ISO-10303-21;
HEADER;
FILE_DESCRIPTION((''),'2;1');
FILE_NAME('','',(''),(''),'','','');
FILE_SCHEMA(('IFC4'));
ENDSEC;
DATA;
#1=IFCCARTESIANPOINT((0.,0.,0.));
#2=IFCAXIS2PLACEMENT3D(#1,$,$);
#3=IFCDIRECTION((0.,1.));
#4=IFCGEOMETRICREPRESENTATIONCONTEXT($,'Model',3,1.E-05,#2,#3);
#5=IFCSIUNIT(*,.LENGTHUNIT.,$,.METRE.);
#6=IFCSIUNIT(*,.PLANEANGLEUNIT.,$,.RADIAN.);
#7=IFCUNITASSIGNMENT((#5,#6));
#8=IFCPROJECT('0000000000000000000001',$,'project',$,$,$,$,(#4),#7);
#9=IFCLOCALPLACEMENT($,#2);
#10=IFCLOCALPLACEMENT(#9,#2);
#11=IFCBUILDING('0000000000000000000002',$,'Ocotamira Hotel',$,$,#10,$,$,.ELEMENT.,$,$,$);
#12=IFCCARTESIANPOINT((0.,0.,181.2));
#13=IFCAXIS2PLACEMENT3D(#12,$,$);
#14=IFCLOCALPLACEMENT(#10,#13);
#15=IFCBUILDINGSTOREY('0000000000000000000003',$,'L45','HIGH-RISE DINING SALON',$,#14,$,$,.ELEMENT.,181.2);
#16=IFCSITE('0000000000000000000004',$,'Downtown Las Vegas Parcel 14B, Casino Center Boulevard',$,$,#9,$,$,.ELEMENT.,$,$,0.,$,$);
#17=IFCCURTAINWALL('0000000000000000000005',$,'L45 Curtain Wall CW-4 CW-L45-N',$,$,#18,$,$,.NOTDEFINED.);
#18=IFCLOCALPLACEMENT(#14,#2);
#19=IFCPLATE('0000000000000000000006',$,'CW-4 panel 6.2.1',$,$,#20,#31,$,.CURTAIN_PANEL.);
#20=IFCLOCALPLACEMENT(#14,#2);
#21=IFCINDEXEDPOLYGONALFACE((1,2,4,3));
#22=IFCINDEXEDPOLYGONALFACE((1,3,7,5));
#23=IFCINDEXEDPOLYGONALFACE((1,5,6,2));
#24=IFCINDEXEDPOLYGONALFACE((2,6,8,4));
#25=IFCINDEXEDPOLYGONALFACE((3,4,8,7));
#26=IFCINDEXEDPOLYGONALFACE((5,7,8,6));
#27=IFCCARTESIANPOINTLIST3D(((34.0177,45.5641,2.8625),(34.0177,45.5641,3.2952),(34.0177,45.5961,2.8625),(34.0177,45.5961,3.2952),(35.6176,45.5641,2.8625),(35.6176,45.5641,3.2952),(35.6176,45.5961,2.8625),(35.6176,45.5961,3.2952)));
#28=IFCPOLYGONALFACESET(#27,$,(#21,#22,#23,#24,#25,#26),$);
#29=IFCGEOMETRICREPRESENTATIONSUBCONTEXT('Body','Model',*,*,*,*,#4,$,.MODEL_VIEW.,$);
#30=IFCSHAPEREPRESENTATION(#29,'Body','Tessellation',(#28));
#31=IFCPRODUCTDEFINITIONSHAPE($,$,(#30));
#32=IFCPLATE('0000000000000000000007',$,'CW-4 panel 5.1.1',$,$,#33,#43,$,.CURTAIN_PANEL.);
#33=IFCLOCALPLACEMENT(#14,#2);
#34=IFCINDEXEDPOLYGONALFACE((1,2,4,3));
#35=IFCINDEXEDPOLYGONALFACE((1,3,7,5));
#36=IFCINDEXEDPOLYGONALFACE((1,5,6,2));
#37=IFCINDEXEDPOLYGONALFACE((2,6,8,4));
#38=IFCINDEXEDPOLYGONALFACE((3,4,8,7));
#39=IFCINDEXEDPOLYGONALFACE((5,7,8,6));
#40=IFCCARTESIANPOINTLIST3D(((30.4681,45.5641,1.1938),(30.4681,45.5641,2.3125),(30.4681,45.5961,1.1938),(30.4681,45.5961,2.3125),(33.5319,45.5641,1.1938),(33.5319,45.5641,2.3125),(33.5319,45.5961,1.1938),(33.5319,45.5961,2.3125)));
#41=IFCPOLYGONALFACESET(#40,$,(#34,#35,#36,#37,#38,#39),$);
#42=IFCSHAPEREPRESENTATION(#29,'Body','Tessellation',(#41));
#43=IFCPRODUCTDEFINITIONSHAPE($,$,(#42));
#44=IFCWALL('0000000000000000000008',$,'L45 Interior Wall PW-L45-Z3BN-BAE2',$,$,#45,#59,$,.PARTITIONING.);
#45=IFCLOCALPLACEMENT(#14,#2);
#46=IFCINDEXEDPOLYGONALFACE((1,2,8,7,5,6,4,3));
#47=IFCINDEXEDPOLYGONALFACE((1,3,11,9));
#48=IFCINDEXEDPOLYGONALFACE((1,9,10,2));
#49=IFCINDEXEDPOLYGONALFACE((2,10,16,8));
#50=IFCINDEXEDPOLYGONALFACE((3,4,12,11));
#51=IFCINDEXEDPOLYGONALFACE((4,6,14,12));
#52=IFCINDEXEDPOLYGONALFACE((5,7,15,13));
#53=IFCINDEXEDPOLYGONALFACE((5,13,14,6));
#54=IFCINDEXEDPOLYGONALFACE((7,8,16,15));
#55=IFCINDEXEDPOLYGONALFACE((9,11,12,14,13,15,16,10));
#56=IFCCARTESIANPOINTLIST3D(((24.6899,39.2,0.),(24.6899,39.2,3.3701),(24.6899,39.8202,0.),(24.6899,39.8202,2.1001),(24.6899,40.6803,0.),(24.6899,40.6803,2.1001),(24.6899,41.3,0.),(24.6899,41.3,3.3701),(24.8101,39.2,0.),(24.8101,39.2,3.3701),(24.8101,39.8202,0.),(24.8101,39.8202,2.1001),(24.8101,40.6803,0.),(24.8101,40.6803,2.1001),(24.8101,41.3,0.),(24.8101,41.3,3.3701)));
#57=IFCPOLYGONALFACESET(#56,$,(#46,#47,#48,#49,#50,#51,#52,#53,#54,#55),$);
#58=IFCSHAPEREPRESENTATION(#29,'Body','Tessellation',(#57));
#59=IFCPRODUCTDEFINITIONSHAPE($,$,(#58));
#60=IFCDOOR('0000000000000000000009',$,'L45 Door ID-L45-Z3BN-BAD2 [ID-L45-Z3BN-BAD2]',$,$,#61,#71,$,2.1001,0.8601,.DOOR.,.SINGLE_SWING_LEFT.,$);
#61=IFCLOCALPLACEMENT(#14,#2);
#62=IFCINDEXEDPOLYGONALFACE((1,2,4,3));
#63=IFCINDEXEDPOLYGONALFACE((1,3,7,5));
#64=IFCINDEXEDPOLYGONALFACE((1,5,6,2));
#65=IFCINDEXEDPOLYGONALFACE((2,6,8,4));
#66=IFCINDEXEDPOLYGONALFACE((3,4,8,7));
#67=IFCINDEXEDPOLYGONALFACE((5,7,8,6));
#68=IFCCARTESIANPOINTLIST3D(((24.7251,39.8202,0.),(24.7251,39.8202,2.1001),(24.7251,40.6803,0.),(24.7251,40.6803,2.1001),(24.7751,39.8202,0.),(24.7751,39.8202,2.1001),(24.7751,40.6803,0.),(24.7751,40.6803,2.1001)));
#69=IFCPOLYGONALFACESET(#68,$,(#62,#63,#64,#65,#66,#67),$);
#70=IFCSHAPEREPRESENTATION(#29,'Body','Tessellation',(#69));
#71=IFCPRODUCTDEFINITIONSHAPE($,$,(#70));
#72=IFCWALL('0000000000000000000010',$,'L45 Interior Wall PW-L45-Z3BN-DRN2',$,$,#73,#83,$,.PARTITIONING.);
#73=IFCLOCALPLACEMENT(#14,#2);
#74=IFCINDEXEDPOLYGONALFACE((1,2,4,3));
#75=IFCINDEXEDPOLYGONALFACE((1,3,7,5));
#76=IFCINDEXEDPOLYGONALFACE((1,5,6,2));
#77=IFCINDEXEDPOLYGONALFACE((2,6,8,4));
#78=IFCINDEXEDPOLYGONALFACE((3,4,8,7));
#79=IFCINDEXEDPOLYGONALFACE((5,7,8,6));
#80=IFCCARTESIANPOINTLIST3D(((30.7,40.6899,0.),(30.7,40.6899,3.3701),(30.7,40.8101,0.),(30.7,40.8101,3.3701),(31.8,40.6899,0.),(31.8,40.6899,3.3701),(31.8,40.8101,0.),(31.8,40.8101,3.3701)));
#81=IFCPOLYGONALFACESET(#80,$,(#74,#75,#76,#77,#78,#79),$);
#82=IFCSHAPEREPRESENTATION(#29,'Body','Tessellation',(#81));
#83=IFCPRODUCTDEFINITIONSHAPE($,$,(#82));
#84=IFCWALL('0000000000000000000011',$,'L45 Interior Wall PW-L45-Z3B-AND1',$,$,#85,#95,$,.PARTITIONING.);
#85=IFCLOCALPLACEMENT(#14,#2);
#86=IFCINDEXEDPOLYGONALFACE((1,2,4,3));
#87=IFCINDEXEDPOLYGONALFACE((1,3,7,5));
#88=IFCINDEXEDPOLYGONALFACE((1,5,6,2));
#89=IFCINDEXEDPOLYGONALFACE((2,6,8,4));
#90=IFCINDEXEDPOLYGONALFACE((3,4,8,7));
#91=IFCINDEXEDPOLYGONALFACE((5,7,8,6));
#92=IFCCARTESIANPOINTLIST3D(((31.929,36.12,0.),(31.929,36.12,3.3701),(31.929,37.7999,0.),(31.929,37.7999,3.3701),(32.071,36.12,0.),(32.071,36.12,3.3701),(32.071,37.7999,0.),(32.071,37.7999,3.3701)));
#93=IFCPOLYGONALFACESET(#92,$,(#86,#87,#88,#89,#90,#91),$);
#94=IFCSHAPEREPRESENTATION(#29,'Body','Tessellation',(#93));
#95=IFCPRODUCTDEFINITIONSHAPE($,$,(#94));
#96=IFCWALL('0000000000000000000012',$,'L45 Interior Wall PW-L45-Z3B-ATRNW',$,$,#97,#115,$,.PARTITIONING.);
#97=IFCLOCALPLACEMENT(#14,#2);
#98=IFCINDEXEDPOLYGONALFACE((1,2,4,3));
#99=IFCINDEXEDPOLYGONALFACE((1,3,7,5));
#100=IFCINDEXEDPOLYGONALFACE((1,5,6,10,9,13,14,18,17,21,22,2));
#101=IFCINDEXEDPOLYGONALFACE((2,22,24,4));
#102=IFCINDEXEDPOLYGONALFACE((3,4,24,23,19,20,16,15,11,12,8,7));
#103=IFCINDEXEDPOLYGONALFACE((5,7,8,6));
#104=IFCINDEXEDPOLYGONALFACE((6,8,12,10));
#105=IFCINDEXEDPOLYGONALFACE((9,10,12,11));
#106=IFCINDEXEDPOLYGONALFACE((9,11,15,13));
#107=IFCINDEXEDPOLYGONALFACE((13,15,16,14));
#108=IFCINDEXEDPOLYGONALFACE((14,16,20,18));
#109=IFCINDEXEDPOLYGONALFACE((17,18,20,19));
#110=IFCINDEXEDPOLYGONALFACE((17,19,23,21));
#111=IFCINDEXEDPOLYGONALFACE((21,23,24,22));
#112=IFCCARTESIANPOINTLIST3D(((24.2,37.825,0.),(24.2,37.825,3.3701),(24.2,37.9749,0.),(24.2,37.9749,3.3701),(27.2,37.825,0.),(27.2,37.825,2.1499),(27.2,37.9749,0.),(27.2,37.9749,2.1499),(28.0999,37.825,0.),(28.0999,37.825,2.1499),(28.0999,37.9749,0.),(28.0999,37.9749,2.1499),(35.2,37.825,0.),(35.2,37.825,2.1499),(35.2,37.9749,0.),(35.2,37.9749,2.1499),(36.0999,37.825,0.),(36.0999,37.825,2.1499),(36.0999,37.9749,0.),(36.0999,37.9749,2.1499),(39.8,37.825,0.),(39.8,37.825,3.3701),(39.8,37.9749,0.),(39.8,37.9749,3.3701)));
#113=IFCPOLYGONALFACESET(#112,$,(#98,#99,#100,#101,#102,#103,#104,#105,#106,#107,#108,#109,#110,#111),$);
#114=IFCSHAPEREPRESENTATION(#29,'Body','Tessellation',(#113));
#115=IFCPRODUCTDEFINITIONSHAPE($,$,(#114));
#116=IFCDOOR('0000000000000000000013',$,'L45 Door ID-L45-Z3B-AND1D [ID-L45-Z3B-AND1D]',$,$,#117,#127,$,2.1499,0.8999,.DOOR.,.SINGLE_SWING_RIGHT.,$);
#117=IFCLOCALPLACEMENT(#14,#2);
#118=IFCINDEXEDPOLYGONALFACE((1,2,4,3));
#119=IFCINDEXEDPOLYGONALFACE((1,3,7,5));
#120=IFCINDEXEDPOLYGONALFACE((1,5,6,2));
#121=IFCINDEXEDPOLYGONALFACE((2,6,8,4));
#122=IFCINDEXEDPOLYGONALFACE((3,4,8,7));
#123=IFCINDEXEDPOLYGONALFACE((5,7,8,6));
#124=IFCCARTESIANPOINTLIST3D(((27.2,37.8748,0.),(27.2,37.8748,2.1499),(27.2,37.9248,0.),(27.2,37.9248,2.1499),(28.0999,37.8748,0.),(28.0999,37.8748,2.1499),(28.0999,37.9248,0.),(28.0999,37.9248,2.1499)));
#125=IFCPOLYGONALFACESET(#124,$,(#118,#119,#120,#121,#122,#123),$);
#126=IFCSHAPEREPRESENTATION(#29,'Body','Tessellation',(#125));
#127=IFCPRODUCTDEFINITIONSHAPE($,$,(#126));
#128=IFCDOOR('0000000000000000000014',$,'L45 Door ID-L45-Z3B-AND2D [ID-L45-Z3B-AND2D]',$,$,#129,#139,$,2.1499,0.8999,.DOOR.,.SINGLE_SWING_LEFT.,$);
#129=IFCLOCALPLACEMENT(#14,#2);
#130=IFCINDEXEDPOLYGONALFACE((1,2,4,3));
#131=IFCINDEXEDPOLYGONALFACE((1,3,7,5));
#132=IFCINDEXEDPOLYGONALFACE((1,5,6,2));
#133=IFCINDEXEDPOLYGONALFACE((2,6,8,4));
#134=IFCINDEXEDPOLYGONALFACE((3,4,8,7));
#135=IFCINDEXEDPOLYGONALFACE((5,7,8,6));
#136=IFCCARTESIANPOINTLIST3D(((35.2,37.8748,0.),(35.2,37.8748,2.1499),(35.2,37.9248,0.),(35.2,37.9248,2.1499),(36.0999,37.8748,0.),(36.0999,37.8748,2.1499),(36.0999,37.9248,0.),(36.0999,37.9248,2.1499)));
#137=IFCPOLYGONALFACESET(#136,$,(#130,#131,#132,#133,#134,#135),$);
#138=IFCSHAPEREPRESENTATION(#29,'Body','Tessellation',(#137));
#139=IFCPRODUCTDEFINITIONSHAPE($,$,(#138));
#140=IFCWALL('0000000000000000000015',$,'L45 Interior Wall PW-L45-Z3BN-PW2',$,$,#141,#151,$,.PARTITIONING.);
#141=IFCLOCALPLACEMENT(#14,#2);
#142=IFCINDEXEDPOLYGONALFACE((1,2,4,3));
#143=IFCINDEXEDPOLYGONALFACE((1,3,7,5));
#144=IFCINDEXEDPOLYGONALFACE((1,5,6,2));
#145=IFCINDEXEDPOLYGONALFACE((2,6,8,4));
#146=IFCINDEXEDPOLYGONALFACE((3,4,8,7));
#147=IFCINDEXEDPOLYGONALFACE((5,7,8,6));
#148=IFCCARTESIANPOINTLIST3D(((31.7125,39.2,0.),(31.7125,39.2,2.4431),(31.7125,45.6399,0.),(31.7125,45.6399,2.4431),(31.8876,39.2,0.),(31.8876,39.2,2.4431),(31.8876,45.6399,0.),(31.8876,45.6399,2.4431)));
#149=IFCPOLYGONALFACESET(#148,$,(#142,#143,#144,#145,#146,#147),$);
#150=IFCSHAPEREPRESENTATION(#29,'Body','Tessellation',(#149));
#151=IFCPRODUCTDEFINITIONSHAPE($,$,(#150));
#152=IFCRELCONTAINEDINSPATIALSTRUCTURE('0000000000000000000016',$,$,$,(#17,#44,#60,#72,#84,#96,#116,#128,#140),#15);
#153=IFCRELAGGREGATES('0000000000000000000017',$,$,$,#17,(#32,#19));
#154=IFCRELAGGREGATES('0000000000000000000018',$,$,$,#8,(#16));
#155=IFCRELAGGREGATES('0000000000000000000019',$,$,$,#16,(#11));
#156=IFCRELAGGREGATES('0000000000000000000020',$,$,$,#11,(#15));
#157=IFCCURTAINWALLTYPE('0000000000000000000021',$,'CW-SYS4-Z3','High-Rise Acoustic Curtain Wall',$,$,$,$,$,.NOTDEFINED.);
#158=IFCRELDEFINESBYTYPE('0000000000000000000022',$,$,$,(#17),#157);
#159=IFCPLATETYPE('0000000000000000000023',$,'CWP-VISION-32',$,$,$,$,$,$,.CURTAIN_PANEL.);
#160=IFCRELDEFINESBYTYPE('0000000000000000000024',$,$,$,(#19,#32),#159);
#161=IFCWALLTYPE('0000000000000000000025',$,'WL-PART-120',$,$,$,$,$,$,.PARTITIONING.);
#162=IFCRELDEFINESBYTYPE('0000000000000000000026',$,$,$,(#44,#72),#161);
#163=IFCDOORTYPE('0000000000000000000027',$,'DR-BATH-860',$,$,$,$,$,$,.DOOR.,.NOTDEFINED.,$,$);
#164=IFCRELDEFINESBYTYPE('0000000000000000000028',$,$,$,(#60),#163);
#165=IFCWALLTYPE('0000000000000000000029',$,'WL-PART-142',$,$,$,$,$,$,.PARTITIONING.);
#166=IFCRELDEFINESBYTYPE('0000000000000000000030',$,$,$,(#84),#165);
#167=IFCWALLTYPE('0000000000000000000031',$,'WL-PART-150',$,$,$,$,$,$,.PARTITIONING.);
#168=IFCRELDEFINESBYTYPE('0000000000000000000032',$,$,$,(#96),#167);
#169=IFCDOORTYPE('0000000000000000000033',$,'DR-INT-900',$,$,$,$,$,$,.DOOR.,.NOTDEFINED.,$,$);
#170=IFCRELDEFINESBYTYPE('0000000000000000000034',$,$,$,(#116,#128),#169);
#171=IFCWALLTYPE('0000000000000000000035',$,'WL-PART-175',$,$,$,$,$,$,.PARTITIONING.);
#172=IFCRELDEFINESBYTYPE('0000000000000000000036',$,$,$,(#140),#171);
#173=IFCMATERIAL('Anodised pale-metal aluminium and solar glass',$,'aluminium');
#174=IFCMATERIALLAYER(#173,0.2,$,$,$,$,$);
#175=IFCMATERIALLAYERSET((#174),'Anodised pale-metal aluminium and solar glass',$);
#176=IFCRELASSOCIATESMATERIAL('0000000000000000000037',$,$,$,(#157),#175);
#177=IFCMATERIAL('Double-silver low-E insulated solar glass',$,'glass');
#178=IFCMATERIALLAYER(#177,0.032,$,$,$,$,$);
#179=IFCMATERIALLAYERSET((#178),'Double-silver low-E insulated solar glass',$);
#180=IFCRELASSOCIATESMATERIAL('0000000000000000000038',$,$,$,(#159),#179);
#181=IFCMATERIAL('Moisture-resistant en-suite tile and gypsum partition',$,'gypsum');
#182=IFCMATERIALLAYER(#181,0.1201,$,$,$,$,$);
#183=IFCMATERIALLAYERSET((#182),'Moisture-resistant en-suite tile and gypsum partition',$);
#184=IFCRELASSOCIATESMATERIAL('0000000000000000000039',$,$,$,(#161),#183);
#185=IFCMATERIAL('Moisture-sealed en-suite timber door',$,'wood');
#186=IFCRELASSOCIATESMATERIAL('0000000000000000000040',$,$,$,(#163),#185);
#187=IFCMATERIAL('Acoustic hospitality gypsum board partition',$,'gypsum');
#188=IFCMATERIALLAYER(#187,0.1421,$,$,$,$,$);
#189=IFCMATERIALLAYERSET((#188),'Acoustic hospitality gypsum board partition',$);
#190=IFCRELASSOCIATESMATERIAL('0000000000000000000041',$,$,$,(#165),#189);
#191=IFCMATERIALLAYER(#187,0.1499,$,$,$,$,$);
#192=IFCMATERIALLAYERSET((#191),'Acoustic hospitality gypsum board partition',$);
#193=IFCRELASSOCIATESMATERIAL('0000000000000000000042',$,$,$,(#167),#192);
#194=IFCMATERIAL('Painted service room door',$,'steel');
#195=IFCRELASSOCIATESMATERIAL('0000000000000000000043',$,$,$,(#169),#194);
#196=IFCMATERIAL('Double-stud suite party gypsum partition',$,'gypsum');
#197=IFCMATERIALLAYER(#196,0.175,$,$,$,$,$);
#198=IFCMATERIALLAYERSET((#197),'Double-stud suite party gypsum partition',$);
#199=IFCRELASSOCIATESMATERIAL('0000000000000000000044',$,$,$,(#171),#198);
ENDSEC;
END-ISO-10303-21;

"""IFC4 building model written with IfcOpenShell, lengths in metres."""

from ifc_helpers import new_model, si_unit, direction, frame, frame_2d, origin, origin_2d, place, context, subcontext, project, spatial, rectangle, extrude, source, transform, mapped, material, layer, layer_set, type_object, element, fill, aggregate, save


model = new_model("IFC4")

# Units and contexts
model_context = context("Model", 3, precision=1e-05, world=origin(), true_north=direction((0.0, 1.0)))
body_context = subcontext(model_context, "Body", "Model", "MODEL_VIEW")
ifc_project = project(units=[si_unit("LENGTHUNIT", "METRE"), si_unit("PLANEANGLEUNIT", "RADIAN")], contexts=[model_context])

# Site, building, storey
site_placement = place(None, origin())
site = spatial("IfcSite", under=ifc_project, at=site_placement, Name="Downtown Las Vegas Parcel 14B, Casino Center Boulevard", CompositionType="ELEMENT", RefElevation=0.0)
building_placement = place(site_placement, origin())
building = spatial("IfcBuilding", under=site, at=building_placement, Name="Ocotamira Hotel", CompositionType="ELEMENT")
storey_placement = place(building_placement, frame((0.0, 0.0, 181.2)))
storey = spatial("IfcBuildingStorey", under=building, at=storey_placement, Name="L45", Description="HIGH-RISE DINING SALON", CompositionType="ELEMENT", Elevation=181.2)

# Curtain wall
ifc_material_1 = material(Name="Anodised pale-metal aluminium and solar glass", Category="aluminium")
ifc_layer_1 = layer(ifc_material_1, 0.2)
ifc_layer_set_1 = layer_set([ifc_layer_1], Name="Anodised pale-metal aluminium and solar glass")
curtain_wall_type = type_object("IfcCurtainWallType", Name="CW-SYS4-Z3", Description="High-Rise Acoustic Curtain Wall", PredefinedType="NOTDEFINED", material=ifc_layer_set_1)
curtain_wall_placement = place(storey_placement, origin())
curtain_wall = element("IfcCurtainWall", 1, at=curtain_wall_placement, inside=storey, type_object=curtain_wall_type, Name="L45 Curtain Wall CW-4 CW-L45-N", PredefinedType="NOTDEFINED")

# Plates
ifc_material_2 = material(Name="Double-silver low-E insulated solar glass", Category="glass")
ifc_layer_2 = layer(ifc_material_2, 0.032)
ifc_layer_set_2 = layer_set([ifc_layer_2], Name="Double-silver low-E insulated solar glass")
plate_type_1 = type_object("IfcPlateType", Name="CWP-VISION-32", PredefinedType="CURTAIN_PANEL", material=ifc_layer_set_2)
shared_shape_1 = source(origin(), body_context, "Body", "SweptSolid", [
    extrude(rectangle(XDim=1.5999, YDim=0.032, at=origin_2d()), origin(), (0.0, 0.0, 1.0), 0.4326),
])
plate_1_placement = place(storey_placement, frame((34.8176, 45.5801, 2.8625), z_axis=(0.0, 0.0, 1.0), x_axis=(1.0, 0.0, 0.0)))
plate_1 = element("IfcPlate", 2, at=plate_1_placement, type_object=plate_type_1, Name="CW-4 panel 6.2.1", PredefinedType="CURTAIN_PANEL", context=body_context, shape_type="MappedRepresentation", body=[
    mapped(shared_shape_1, transform((0.0, 0.0, 0.0), scale=1.0)),
])
shared_shape_2 = source(origin(), body_context, "Body", "SweptSolid", [
    extrude(rectangle(XDim=3.0637, YDim=0.032, at=origin_2d()), origin(), (0.0, 0.0, 1.0), 1.1187),
])
plate_2_placement = place(storey_placement, frame((32.0, 45.5801, 1.1938), z_axis=(0.0, 0.0, 1.0), x_axis=(1.0, 0.0, 0.0)))
plate_2 = element("IfcPlate", 3, at=plate_2_placement, type_object=plate_type_1, Name="CW-4 panel 5.1.1", PredefinedType="CURTAIN_PANEL", context=body_context, shape_type="MappedRepresentation", body=[
    mapped(shared_shape_2, transform((0.0, 0.0, 0.0), scale=1.0)),
])
aggregate(curtain_wall, [plate_2, plate_1])

# Wall, opening, door
ifc_material_3 = material(Name="Moisture-resistant en-suite tile and gypsum partition", Category="gypsum")
ifc_layer_3 = layer(ifc_material_3, 0.1201)
ifc_layer_set_3 = layer_set([ifc_layer_3], Name="Moisture-resistant en-suite tile and gypsum partition")
wall_type_1 = type_object("IfcWallType", Name="WL-PART-120", PredefinedType="PARTITIONING", material=ifc_layer_set_3)
wall_1_placement = place(storey_placement, frame((24.75, 39.2, 0.0), z_axis=(0.0, 0.0, 1.0), x_axis=(0.0, 1.0, 0.0)))
wall_1 = element("IfcWall", 4, at=wall_1_placement, inside=storey, type_object=wall_type_1, Name="L45 Interior Wall PW-L45-Z3BN-BAE2", PredefinedType="PARTITIONING", context=body_context, shape_type="SweptSolid", body=[
    extrude(rectangle(XDim=2.1001, YDim=0.1201, at=frame_2d((1.05, 0.0))), origin(), (0.0, 0.0, 1.0), 3.3701),
])
opening_1_placement = place(wall_1_placement, frame((0.6201, 0.0, 0.0)))
opening_1 = element("IfcOpeningElement", 5, at=opening_1_placement, cuts=wall_1, PredefinedType="OPENING", context=body_context, shape_type="SweptSolid", body=[
    extrude(rectangle(XDim=0.8601, YDim=2.1001, at=frame_2d((0.4302, 1.05))), frame((0.0, 0.0701, 0.0), z_axis=(0.0, -1.0, 0.0), x_axis=(1.0, 0.0, 0.0)), (0.0, 0.0, 1.0), 0.1401),
])
ifc_material_4 = material(Name="Moisture-sealed en-suite timber door", Category="wood")
door_type_1 = type_object("IfcDoorType", Name="DR-BATH-860", OperationType="NOTDEFINED", PredefinedType="DOOR", material=ifc_material_4)
shared_shape_3 = source(origin(), body_context, "Body", "SweptSolid", [
    extrude(rectangle(XDim=0.8601, YDim=2.1001, at=frame_2d((0.4302, 1.05))), frame((0.0, 0.0249, 0.0), z_axis=(0.0, -1.0, 0.0), x_axis=(1.0, 0.0, 0.0)), (0.0, 0.0, 1.0), 0.05),
])
door_1_placement = place(opening_1_placement, origin())
door_1 = element("IfcDoor", 6, at=door_1_placement, inside=storey, type_object=door_type_1, Name="L45 Door ID-L45-Z3BN-BAD2 [ID-L45-Z3BN-BAD2]", OperationType="SINGLE_SWING_LEFT", OverallHeight=2.1001, OverallWidth=0.8601, PredefinedType="DOOR", context=body_context, shape_type="MappedRepresentation", body=[
    mapped(shared_shape_3, transform((0.0, 0.0, 0.0), scale=1.0)),
])
fill(opening_1, door_1)

# Walls
wall_2_placement = place(storey_placement, frame((30.7, 40.75, 0.0), z_axis=(0.0, 0.0, 1.0), x_axis=(1.0, 0.0, 0.0)))
element("IfcWall", 7, at=wall_2_placement, inside=storey, type_object=wall_type_1, Name="L45 Interior Wall PW-L45-Z3BN-DRN2", PredefinedType="PARTITIONING", context=body_context, shape_type="SweptSolid", body=[
    extrude(rectangle(XDim=1.1001, YDim=0.1201, at=frame_2d((0.55, 0.0))), origin(), (0.0, 0.0, 1.0), 3.3701),
])
ifc_material_5 = material(Name="Acoustic hospitality gypsum board partition", Category="gypsum")
ifc_layer_4 = layer(ifc_material_5, 0.1421)
ifc_layer_set_4 = layer_set([ifc_layer_4], Name="Acoustic hospitality gypsum board partition")
wall_type_2 = type_object("IfcWallType", Name="WL-PART-142", PredefinedType="PARTITIONING", material=ifc_layer_set_4)
wall_3_placement = place(storey_placement, frame((32.0, 36.1201, 0.0), z_axis=(0.0, 0.0, 1.0), x_axis=(0.0, 1.0, 0.0)))
element("IfcWall", 8, at=wall_3_placement, inside=storey, type_object=wall_type_2, Name="L45 Interior Wall PW-L45-Z3B-AND1", PredefinedType="PARTITIONING", context=body_context, shape_type="SweptSolid", body=[
    extrude(rectangle(XDim=1.6799, YDim=0.1421, at=frame_2d((0.8398, 0.0))), origin(), (0.0, 0.0, 1.0), 3.3701),
])

# Wall, openings, doors
ifc_layer_5 = layer(ifc_material_5, 0.1499)
ifc_layer_set_5 = layer_set([ifc_layer_5], Name="Acoustic hospitality gypsum board partition")
wall_type_3 = type_object("IfcWallType", Name="WL-PART-150", PredefinedType="PARTITIONING", material=ifc_layer_set_5)
wall_4_placement = place(storey_placement, frame((24.2, 37.8999, 0.0), z_axis=(0.0, 0.0, 1.0), x_axis=(1.0, 0.0, 0.0)))
wall_4 = element("IfcWall", 9, at=wall_4_placement, inside=storey, type_object=wall_type_3, Name="L45 Interior Wall PW-L45-Z3B-ATRNW", PredefinedType="PARTITIONING", context=body_context, shape_type="SweptSolid", body=[
    extrude(rectangle(XDim=15.6001, YDim=0.1499, at=frame_2d((7.8, 0.0))), origin(), (0.0, 0.0, 1.0), 3.3701),
])
opening_2_placement = place(wall_4_placement, frame((3.0, 0.0, 0.0)))
opening_2 = element("IfcOpeningElement", 10, at=opening_2_placement, cuts=wall_4, PredefinedType="OPENING", context=body_context, shape_type="SweptSolid", body=[
    extrude(rectangle(XDim=0.8999, YDim=2.1499, at=frame_2d((0.45, 1.075))), frame((0.0, 0.085, 0.0), z_axis=(0.0, -1.0, 0.0), x_axis=(1.0, 0.0, 0.0)), (0.0, 0.0, 1.0), 0.1699),
])
opening_3_placement = place(wall_4_placement, frame((11.0, 0.0, 0.0)))
opening_3 = element("IfcOpeningElement", 11, at=opening_3_placement, cuts=wall_4, PredefinedType="OPENING", context=body_context, shape_type="SweptSolid", body=[
    extrude(rectangle(XDim=0.8999, YDim=2.1499, at=frame_2d((0.45, 1.075))), frame((0.0, 0.085, 0.0), z_axis=(0.0, -1.0, 0.0), x_axis=(1.0, 0.0, 0.0)), (0.0, 0.0, 1.0), 0.1699),
])
ifc_material_6 = material(Name="Painted service room door", Category="steel")
door_type_2 = type_object("IfcDoorType", Name="DR-INT-900", OperationType="NOTDEFINED", PredefinedType="DOOR", material=ifc_material_6)
shared_shape_4 = source(origin(), body_context, "Body", "SweptSolid", [
    extrude(rectangle(XDim=0.8999, YDim=2.1499, at=frame_2d((0.45, 1.075))), frame((0.0, 0.0249, 0.0), z_axis=(0.0, -1.0, 0.0), x_axis=(1.0, 0.0, 0.0)), (0.0, 0.0, 1.0), 0.05),
])
door_2_placement = place(opening_2_placement, origin())
door_2 = element("IfcDoor", 12, at=door_2_placement, inside=storey, type_object=door_type_2, Name="L45 Door ID-L45-Z3B-AND1D [ID-L45-Z3B-AND1D]", OperationType="SINGLE_SWING_RIGHT", OverallHeight=2.1499, OverallWidth=0.8999, PredefinedType="DOOR", context=body_context, shape_type="MappedRepresentation", body=[
    mapped(shared_shape_4, transform((0.0, 0.0, 0.0), scale=1.0)),
])
fill(opening_2, door_2)
door_3_placement = place(opening_3_placement, origin())
door_3 = element("IfcDoor", 13, at=door_3_placement, inside=storey, type_object=door_type_2, Name="L45 Door ID-L45-Z3B-AND2D [ID-L45-Z3B-AND2D]", OperationType="SINGLE_SWING_LEFT", OverallHeight=2.1499, OverallWidth=0.8999, PredefinedType="DOOR", context=body_context, shape_type="MappedRepresentation", body=[
    mapped(shared_shape_4, transform((0.0, 0.0, 0.0), scale=1.0)),
])
fill(opening_3, door_3)

# Wall
ifc_material_7 = material(Name="Double-stud suite party gypsum partition", Category="gypsum")
ifc_layer_6 = layer(ifc_material_7, 0.175)
ifc_layer_set_6 = layer_set([ifc_layer_6], Name="Double-stud suite party gypsum partition")
wall_type_4 = type_object("IfcWallType", Name="WL-PART-175", PredefinedType="PARTITIONING", material=ifc_layer_set_6)
wall_5_placement = place(storey_placement, frame((31.8, 39.2, 0.0), z_axis=(0.0, 0.0, 1.0), x_axis=(0.0, 1.0, 0.0)))
element("IfcWall", 14, at=wall_5_placement, inside=storey, type_object=wall_type_4, Name="L45 Interior Wall PW-L45-Z3BN-PW2", PredefinedType="PARTITIONING", context=body_context, shape_type="SweptSolid", body=[
    extrude(rectangle(XDim=6.4399, YDim=0.175, at=frame_2d((3.22, 0.0))), origin(), (0.0, 0.0, 1.0), 2.4431),
])

save(model, "model.ifc")
